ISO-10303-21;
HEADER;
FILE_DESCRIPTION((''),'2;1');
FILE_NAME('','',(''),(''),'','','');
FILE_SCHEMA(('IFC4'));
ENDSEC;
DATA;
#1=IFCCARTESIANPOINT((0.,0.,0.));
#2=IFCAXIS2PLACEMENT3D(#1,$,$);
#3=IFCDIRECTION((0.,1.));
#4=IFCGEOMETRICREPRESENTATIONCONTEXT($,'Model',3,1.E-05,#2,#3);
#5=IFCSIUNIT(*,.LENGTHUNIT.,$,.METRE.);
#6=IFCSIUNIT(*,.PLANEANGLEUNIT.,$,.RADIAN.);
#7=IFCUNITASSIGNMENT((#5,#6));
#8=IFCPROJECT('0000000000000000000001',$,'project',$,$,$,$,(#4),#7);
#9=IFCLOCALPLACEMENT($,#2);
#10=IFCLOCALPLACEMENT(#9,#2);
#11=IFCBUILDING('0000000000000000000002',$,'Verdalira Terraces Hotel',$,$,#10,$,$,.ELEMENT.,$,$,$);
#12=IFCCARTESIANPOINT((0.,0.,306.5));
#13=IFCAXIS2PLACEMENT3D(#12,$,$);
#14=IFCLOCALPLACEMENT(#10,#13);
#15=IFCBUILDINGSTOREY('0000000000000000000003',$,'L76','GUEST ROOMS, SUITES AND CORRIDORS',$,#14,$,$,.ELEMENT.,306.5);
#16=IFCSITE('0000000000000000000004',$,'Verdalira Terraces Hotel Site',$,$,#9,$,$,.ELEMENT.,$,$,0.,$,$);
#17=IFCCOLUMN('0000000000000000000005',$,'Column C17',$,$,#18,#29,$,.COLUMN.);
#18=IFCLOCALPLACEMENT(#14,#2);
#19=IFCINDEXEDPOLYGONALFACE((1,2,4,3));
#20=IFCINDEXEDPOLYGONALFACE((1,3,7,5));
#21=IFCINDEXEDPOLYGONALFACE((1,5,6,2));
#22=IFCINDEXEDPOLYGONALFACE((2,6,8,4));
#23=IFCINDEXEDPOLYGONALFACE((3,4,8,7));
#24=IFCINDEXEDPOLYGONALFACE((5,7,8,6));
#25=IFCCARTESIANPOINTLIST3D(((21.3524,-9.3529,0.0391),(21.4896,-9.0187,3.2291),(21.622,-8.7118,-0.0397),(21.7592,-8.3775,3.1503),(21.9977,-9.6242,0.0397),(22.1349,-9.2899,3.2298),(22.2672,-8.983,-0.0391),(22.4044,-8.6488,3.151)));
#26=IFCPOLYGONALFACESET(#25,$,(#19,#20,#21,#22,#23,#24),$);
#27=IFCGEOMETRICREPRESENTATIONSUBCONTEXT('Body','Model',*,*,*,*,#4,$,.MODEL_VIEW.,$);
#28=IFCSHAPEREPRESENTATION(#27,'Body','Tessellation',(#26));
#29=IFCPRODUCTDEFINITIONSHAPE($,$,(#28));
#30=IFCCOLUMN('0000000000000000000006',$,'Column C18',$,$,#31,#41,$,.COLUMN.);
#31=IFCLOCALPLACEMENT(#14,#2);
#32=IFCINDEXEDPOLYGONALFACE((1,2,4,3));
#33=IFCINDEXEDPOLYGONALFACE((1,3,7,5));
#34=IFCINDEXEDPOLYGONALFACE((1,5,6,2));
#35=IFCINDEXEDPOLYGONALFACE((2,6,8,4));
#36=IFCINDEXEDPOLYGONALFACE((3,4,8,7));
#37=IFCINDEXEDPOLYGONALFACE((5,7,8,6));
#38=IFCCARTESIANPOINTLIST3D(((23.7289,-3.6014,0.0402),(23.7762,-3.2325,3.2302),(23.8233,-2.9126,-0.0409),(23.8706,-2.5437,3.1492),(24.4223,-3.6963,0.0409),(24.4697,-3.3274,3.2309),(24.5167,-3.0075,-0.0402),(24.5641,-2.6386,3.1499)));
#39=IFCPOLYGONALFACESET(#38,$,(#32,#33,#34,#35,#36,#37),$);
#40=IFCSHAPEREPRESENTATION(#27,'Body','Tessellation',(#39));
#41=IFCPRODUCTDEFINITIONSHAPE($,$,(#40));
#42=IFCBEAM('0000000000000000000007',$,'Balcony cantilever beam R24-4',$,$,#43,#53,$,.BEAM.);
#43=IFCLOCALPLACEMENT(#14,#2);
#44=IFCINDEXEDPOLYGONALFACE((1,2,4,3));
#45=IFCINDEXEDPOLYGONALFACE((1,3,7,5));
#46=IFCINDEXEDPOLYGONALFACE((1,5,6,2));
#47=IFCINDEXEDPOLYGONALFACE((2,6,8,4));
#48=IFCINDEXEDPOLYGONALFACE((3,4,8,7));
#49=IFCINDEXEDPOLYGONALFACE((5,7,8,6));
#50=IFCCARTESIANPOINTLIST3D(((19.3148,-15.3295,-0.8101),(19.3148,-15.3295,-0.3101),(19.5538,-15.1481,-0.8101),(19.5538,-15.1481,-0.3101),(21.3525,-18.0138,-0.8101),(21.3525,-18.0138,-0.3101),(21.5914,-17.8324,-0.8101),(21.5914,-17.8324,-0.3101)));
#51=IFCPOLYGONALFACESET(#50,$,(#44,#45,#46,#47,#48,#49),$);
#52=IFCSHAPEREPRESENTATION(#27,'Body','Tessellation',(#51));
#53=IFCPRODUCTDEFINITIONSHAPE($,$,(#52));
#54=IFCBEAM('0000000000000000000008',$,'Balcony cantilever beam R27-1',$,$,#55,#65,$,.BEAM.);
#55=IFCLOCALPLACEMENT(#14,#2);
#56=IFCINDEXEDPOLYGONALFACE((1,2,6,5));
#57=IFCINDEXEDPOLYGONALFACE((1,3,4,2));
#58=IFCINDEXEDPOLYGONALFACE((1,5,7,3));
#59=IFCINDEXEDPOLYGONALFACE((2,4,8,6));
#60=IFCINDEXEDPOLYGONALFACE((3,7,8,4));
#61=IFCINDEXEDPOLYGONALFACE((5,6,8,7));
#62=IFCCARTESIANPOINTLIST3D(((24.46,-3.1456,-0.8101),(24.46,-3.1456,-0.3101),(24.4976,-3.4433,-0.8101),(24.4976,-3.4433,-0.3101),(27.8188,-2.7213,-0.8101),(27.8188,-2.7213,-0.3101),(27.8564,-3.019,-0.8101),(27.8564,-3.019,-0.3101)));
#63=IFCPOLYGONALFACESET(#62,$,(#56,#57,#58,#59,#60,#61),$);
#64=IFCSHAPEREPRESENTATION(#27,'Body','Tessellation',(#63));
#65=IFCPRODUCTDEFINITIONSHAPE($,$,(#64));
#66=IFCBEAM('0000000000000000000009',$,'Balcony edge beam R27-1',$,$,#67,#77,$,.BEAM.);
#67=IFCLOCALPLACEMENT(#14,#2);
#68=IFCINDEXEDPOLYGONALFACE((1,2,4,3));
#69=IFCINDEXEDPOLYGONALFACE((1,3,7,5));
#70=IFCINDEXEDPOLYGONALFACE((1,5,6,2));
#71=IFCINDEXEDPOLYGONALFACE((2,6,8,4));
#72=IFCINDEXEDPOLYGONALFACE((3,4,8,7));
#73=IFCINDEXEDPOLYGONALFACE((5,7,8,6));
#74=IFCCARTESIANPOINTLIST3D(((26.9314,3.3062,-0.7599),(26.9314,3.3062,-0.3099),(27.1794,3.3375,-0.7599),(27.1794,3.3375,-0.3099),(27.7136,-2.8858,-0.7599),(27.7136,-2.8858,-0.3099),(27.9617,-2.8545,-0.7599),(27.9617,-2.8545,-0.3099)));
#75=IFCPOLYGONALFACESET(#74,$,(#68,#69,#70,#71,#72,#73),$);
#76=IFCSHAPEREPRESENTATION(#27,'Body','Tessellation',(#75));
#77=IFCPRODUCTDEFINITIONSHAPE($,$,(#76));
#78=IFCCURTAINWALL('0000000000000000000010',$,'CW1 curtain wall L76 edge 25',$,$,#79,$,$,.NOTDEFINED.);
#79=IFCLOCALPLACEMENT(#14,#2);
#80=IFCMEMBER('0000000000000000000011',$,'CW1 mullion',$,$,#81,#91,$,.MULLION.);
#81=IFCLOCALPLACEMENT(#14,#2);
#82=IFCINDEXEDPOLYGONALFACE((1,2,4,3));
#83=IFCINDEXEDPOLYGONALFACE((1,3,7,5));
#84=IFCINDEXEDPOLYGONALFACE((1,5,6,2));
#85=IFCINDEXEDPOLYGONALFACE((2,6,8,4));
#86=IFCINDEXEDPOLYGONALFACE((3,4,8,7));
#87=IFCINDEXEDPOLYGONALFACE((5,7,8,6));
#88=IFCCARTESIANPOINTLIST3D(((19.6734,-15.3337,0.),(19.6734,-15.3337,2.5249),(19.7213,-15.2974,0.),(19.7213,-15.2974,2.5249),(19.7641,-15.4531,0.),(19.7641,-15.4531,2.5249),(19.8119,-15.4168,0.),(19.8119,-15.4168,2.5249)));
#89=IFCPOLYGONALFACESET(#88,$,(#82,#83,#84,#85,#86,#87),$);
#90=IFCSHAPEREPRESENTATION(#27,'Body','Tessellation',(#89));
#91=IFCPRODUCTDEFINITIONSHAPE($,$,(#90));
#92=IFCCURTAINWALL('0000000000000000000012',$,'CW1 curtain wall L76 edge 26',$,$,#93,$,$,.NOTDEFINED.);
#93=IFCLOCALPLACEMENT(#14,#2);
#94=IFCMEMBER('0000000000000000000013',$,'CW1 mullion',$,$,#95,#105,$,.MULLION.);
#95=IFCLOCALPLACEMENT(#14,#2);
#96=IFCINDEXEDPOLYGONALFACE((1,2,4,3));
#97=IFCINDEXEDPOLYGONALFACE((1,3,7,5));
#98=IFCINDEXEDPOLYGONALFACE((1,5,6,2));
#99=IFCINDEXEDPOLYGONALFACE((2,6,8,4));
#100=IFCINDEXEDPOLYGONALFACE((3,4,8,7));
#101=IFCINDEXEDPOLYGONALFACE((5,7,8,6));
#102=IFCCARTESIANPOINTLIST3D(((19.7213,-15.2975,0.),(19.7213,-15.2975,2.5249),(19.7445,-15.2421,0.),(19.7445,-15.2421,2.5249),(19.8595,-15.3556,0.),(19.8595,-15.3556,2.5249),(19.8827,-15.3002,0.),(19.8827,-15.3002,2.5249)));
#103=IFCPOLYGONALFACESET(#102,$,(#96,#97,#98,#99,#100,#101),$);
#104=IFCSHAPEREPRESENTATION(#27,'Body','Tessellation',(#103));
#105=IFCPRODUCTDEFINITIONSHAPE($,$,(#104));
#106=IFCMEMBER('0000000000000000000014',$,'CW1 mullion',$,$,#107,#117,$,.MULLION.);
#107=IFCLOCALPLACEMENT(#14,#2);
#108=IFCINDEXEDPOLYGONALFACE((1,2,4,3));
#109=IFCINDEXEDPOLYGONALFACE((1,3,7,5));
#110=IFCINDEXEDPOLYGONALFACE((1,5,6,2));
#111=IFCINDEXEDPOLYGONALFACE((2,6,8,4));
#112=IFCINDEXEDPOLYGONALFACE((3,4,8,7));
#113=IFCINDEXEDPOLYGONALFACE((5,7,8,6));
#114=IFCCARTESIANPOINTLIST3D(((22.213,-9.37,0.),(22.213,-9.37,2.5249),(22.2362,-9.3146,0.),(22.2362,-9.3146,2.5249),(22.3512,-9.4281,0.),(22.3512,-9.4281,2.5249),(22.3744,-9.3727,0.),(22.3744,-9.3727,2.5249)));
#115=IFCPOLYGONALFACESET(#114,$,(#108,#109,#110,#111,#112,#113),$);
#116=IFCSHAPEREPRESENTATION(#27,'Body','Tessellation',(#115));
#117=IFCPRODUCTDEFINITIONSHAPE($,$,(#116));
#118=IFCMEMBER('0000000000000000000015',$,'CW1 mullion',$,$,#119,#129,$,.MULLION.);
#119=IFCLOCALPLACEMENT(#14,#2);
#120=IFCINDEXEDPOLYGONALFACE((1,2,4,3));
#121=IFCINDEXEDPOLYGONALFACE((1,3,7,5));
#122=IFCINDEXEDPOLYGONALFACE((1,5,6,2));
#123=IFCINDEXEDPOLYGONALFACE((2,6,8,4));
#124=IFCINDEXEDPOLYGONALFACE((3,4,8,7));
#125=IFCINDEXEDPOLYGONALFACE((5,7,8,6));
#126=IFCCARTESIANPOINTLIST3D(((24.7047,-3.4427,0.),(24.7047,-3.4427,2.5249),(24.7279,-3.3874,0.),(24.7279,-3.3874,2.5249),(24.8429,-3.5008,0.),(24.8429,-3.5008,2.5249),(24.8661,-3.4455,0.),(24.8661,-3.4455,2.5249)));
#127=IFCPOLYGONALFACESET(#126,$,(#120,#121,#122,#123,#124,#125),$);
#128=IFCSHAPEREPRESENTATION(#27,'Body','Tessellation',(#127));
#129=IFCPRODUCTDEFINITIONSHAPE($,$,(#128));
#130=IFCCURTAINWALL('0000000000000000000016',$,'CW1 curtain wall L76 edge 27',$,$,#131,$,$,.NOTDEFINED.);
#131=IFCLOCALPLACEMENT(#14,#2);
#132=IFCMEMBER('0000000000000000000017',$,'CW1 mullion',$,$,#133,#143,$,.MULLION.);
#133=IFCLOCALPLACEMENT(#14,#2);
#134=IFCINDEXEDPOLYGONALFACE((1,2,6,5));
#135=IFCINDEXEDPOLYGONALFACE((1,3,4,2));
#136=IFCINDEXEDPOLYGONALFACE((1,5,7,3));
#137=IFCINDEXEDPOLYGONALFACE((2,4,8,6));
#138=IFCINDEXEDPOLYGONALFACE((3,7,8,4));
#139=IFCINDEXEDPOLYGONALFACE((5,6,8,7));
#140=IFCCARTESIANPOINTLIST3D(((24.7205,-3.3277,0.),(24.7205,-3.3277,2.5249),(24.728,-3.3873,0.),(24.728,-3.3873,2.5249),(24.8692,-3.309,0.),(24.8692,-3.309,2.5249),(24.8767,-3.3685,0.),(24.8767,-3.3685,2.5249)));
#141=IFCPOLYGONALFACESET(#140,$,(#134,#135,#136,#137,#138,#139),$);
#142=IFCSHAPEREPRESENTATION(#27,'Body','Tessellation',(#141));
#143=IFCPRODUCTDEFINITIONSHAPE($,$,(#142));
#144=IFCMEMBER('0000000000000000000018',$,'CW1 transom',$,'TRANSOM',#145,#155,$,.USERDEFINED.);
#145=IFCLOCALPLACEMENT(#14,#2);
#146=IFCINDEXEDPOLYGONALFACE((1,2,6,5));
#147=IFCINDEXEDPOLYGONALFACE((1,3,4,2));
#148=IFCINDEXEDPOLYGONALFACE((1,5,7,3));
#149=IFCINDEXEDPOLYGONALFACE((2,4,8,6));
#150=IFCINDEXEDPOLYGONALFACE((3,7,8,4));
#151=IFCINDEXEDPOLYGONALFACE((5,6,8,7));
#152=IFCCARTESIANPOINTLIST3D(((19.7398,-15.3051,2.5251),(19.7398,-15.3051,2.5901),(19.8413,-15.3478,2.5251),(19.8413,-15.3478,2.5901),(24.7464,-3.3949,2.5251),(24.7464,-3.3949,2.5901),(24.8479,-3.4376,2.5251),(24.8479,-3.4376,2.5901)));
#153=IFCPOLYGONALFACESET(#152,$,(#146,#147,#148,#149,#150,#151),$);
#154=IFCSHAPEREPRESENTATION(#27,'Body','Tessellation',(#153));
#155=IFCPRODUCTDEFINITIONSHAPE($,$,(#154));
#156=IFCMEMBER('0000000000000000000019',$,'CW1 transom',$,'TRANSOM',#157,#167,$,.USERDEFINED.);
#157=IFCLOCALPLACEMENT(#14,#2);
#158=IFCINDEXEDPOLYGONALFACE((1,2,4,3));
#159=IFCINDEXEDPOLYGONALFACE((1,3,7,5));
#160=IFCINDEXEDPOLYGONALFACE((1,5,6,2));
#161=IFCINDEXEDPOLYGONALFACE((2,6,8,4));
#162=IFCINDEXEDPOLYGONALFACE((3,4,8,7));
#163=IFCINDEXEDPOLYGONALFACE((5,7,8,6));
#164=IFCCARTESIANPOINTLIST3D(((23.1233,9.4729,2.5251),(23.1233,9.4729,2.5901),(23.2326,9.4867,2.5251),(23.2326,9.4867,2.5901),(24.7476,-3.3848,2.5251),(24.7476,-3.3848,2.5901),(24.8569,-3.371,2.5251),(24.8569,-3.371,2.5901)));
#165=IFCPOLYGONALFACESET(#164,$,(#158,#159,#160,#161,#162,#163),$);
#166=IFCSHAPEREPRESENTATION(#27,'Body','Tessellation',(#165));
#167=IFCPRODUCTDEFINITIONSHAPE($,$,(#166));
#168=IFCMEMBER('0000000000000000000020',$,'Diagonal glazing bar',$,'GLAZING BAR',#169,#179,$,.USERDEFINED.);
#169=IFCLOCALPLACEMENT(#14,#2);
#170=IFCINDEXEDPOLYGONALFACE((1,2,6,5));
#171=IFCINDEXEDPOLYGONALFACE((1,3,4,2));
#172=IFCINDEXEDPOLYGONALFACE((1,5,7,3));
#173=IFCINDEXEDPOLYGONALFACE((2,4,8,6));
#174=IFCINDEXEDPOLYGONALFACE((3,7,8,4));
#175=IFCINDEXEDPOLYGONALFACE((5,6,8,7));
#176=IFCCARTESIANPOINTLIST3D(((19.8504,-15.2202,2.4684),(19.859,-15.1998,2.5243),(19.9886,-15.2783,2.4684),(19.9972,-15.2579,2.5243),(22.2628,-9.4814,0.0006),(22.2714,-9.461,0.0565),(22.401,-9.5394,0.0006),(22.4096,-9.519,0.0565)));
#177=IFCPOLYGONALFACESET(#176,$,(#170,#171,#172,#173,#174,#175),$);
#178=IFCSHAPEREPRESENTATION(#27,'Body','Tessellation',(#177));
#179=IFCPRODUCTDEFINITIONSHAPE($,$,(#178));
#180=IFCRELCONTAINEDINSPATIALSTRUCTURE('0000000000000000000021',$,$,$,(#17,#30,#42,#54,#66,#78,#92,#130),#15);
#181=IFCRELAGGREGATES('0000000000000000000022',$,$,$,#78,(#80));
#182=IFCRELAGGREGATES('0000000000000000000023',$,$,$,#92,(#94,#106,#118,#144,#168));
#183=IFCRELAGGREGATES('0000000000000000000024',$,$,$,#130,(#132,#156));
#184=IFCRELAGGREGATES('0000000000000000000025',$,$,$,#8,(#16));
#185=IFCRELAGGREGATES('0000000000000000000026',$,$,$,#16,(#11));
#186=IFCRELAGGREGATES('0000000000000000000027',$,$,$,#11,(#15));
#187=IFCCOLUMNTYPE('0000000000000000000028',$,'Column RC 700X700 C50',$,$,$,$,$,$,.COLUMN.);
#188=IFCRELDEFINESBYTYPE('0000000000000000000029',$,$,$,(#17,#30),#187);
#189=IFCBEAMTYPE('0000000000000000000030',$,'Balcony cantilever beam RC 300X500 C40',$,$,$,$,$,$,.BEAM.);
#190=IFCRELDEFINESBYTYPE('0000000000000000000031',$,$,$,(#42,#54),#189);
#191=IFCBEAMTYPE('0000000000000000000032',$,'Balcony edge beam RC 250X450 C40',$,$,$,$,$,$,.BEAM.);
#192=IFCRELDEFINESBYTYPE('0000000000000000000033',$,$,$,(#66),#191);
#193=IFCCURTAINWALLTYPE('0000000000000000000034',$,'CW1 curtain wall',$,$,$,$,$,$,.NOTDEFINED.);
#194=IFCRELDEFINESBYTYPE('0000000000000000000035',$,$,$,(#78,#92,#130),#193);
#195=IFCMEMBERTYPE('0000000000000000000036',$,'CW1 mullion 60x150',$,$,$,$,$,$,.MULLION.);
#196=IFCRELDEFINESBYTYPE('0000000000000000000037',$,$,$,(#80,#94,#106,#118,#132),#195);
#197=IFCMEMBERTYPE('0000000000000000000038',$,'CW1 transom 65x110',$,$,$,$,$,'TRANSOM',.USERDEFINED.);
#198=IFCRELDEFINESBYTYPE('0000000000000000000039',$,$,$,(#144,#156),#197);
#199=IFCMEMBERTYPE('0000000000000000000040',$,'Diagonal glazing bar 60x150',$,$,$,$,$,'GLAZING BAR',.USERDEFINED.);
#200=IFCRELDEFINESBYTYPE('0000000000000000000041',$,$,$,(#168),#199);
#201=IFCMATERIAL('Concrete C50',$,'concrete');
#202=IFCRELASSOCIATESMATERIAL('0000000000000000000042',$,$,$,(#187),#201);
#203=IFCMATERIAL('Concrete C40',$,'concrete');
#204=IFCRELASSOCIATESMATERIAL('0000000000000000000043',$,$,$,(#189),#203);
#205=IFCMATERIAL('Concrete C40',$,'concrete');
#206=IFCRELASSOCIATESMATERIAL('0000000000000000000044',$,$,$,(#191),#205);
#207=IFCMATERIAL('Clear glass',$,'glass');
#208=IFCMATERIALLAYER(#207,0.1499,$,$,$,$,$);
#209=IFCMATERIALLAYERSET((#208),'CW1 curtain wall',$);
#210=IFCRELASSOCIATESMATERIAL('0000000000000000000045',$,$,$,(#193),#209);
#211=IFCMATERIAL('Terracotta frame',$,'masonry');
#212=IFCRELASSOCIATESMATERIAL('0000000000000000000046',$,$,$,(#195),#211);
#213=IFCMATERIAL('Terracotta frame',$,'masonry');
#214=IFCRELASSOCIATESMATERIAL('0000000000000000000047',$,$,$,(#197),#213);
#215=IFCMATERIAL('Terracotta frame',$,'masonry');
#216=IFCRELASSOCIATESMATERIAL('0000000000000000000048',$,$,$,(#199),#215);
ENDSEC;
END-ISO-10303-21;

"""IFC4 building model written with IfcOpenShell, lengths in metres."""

from ifc_helpers import new_model, si_unit, direction, frame, origin, origin_2d, place, context, subcontext, project, spatial, rectangle, extrude, material, layer, layer_set, material_profile, profile_set, type_object, element, aggregate, save


model = new_model("IFC4")

# Units and contexts
model_context = context("Model", 3, precision=1e-05, world=origin(), true_north=direction((0.0, 1.0)))
body_context = subcontext(model_context, "Body", "Model", "MODEL_VIEW")
ifc_project = project(units=[si_unit("LENGTHUNIT", "METRE"), si_unit("PLANEANGLEUNIT", "RADIAN")], contexts=[model_context])

# Site, building, storey
site_placement = place(None, origin())
site = spatial("IfcSite", under=ifc_project, at=site_placement, Name="Verdalira Terraces Hotel Site", CompositionType="ELEMENT", RefElevation=0.0)
building_placement = place(site_placement, origin())
building = spatial("IfcBuilding", under=site, at=building_placement, Name="Verdalira Terraces Hotel", CompositionType="ELEMENT")
storey_placement = place(building_placement, frame((0.0, 0.0, 306.5)))
storey = spatial("IfcBuildingStorey", under=building, at=storey_placement, Name="L76", Description="GUEST ROOMS, SUITES AND CORRIDORS", CompositionType="ELEMENT", Elevation=306.5)

# Columns
ifc_material_1 = material(Name="Concrete C50", Category="concrete")
ifc_material_profile_1 = material_profile(ifc_material_1, rectangle(XDim=0.7, YDim=0.7, at=origin_2d()), Name="RC 700X700")
ifc_profile_set_1 = profile_set([ifc_material_profile_1], Name="Concrete C50")
column_type = type_object("IfcColumnType", Name="Column RC 700X700 C50", PredefinedType="COLUMN", material=ifc_profile_set_1)
column_1_placement = place(storey_placement, frame((21.8098, -9.168, 0.0), z_axis=(0.042739, 0.10411, 0.993647), x_axis=(0.385138, 0.915972, -0.112537)))
element("IfcColumn", 1, at=column_1_placement, inside=storey, type_object=column_type, Name="Column C17", PredefinedType="COLUMN", context=body_context, shape_type="SweptSolid", body=[
    extrude(rectangle(XDim=0.7, YDim=0.7, at=origin_2d()), origin(), (0.0, 0.0, 1.0), 3.2104),
])
column_2_placement = place(storey_placement, frame((24.1228, -3.3044, 0.0), z_axis=(0.014748, 0.114866, 0.993272), x_axis=(-0.13485, -0.984076, 0.115804)))
element("IfcColumn", 2, at=column_2_placement, inside=storey, type_object=column_type, Name="Column C18", PredefinedType="COLUMN", context=body_context, shape_type="SweptSolid", body=[
    extrude(rectangle(XDim=0.7, YDim=0.7, at=origin_2d()), origin(), (0.0, 0.0, 1.0), 3.2117),
])

# Beams
ifc_material_2 = material(Name="Concrete C40", Category="concrete")
ifc_material_profile_2 = material_profile(ifc_material_2, rectangle(XDim=0.3, YDim=0.5, at=origin_2d()), Name="RC 300X500")
ifc_profile_set_2 = profile_set([ifc_material_profile_2], Name="Concrete C40")
beam_type_1 = type_object("IfcBeamType", Name="Balcony cantilever beam RC 300X500 C40", PredefinedType="BEAM", material=ifc_profile_set_2)
beam_1_placement = place(storey_placement, frame((19.4343, -15.2388, -0.5601), z_axis=(0.604615, -0.796518, 0.0), x_axis=(0.796518, 0.604615, 0.0)))
element("IfcBeam", 3, at=beam_1_placement, inside=storey, type_object=beam_type_1, Name="Balcony cantilever beam R24-4", PredefinedType="BEAM", context=body_context, shape_type="SweptSolid", body=[
    extrude(rectangle(XDim=0.3, YDim=0.5, at=origin_2d()), origin(), (0.0, 0.0, 1.0), 3.3701),
])
beam_2_placement = place(storey_placement, frame((24.4788, -3.2944, -0.5601), z_axis=(0.992115, 0.12533, 0.0), x_axis=(-0.12533, 0.992115, 0.0)))
element("IfcBeam", 4, at=beam_2_placement, inside=storey, type_object=beam_type_1, Name="Balcony cantilever beam R27-1", PredefinedType="BEAM", context=body_context, shape_type="SweptSolid", body=[
    extrude(rectangle(XDim=0.3, YDim=0.5, at=origin_2d()), origin(), (0.0, 0.0, 1.0), 3.3855),
])
ifc_material_3 = material(Name="Concrete C40", Category="concrete")
ifc_material_profile_3 = material_profile(ifc_material_3, rectangle(XDim=0.25, YDim=0.45, at=origin_2d()), Name="RC 250X450")
ifc_profile_set_3 = profile_set([ifc_material_profile_3], Name="Concrete C40")
beam_type_2 = type_object("IfcBeamType", Name="Balcony edge beam RC 250X450 C40", PredefinedType="BEAM", material=ifc_profile_set_3)
beam_3_placement = place(storey_placement, frame((27.8376, -2.8701, -0.5349), z_axis=(-0.125335, 0.992115, 0.0), x_axis=(-0.992115, -0.125335, 0.0)))
element("IfcBeam", 5, at=beam_3_placement, inside=storey, type_object=beam_type_2, Name="Balcony edge beam R27-1", PredefinedType="BEAM", context=body_context, shape_type="SweptSolid", body=[
    extrude(rectangle(XDim=0.25, YDim=0.45, at=origin_2d()), origin(), (0.0, 0.0, 1.0), 6.2412),
])

# Curtain wall, member
ifc_material_4 = material(Name="Clear glass", Category="glass")
ifc_layer_1 = layer(ifc_material_4, 0.1499)
ifc_layer_set_1 = layer_set([ifc_layer_1], Name="CW1 curtain wall")
curtain_wall_type = type_object("IfcCurtainWallType", Name="CW1 curtain wall", PredefinedType="NOTDEFINED", material=ifc_layer_set_1)
curtain_wall_1_placement = place(storey_placement, origin())
curtain_wall_1 = element("IfcCurtainWall", 6, at=curtain_wall_1_placement, inside=storey, type_object=curtain_wall_type, Name="CW1 curtain wall L76 edge 25", PredefinedType="NOTDEFINED")
ifc_material_5 = material(Name="Terracotta frame", Category="masonry")
ifc_material_profile_4 = material_profile(ifc_material_5, rectangle(XDim=0.0601, YDim=0.1499, at=origin_2d()), Name="MU 60x150")
ifc_profile_set_4 = profile_set([ifc_material_profile_4], Name="Terracotta frame")
member_type_1 = type_object("IfcMemberType", Name="CW1 mullion 60x150", PredefinedType="MULLION", material=ifc_profile_set_4)
member_1_placement = place(storey_placement, frame((19.7427, -15.3752, 0.0), z_axis=(0.0, 0.0, 1.0), x_axis=(0.79653, 0.604599, 0.0)))
member_1 = element("IfcMember", 7, at=member_1_placement, type_object=member_type_1, Name="CW1 mullion", PredefinedType="MULLION", context=body_context, shape_type="SweptSolid", body=[
    extrude(rectangle(XDim=0.0601, YDim=0.1499, at=origin_2d()), origin(), (0.0, 0.0, 1.0), 2.5249),
])
aggregate(curtain_wall_1, [member_1])

# Curtain wall, members
curtain_wall_2_placement = place(storey_placement, origin())
curtain_wall_2 = element("IfcCurtainWall", 8, at=curtain_wall_2_placement, inside=storey, type_object=curtain_wall_type, Name="CW1 curtain wall L76 edge 26", PredefinedType="NOTDEFINED")
member_2_placement = place(storey_placement, frame((19.802, -15.2988, 0.0), z_axis=(0.0, 0.0, 1.0), x_axis=(0.387516, 0.921863, 0.0)))
member_2 = element("IfcMember", 9, at=member_2_placement, type_object=member_type_1, Name="CW1 mullion", PredefinedType="MULLION", context=body_context, shape_type="SweptSolid", body=[
    extrude(rectangle(XDim=0.0601, YDim=0.1499, at=origin_2d()), origin(), (0.0, 0.0, 1.0), 2.5249),
])
member_3_placement = place(storey_placement, frame((22.2937, -9.3713, 0.0), z_axis=(0.0, 0.0, 1.0), x_axis=(0.387516, 0.921863, 0.0)))
member_3 = element("IfcMember", 10, at=member_3_placement, type_object=member_type_1, Name="CW1 mullion", PredefinedType="MULLION", context=body_context, shape_type="SweptSolid", body=[
    extrude(rectangle(XDim=0.0601, YDim=0.1499, at=origin_2d()), origin(), (0.0, 0.0, 1.0), 2.5249),
])
member_4_placement = place(storey_placement, frame((24.7854, -3.4441, 0.0), z_axis=(0.0, 0.0, 1.0), x_axis=(0.387516, 0.921863, 0.0)))
member_4 = element("IfcMember", 11, at=member_4_placement, type_object=member_type_1, Name="CW1 mullion", PredefinedType="MULLION", context=body_context, shape_type="SweptSolid", body=[
    extrude(rectangle(XDim=0.0601, YDim=0.1499, at=origin_2d()), origin(), (0.0, 0.0, 1.0), 2.5249),
])

# Curtain wall, member
curtain_wall_3_placement = place(storey_placement, origin())
curtain_wall_3 = element("IfcCurtainWall", 12, at=curtain_wall_3_placement, inside=storey, type_object=curtain_wall_type, Name="CW1 curtain wall L76 edge 27", PredefinedType="NOTDEFINED")
member_5_placement = place(storey_placement, frame((24.7986, -3.3481, 0.0), z_axis=(0.0, 0.0, 1.0), x_axis=(-0.125333, 0.992115, 0.0)))
member_5 = element("IfcMember", 13, at=member_5_placement, type_object=member_type_1, Name="CW1 mullion", PredefinedType="MULLION", context=body_context, shape_type="SweptSolid", body=[
    extrude(rectangle(XDim=0.0601, YDim=0.1499, at=origin_2d()), origin(), (0.0, 0.0, 1.0), 2.5249),
])

# Members
ifc_material_6 = material(Name="Terracotta frame", Category="masonry")
ifc_material_profile_5 = material_profile(ifc_material_6, rectangle(XDim=0.1101, YDim=0.0649, at=origin_2d()), Name="TR 65x110")
ifc_profile_set_5 = profile_set([ifc_material_profile_5], Name="Terracotta frame")
member_type_2 = type_object("IfcMemberType", Name="CW1 transom 65x110", ElementType="TRANSOM", PredefinedType="USERDEFINED", material=ifc_profile_set_5)
member_6_placement = place(storey_placement, frame((19.7905, -15.3264, 2.5576), z_axis=(0.387517, 0.921863, 0.0), x_axis=(-0.921863, 0.387517, 0.0)))
member_6 = element("IfcMember", 14, at=member_6_placement, type_object=member_type_2, Name="CW1 transom", ObjectType="TRANSOM", PredefinedType="USERDEFINED", context=body_context, shape_type="SweptSolid", body=[
    extrude(rectangle(XDim=0.1101, YDim=0.0649, at=origin_2d()), origin(), (0.0, 0.0, 1.0), 12.9197),
])
member_7_placement = place(storey_placement, frame((24.8022, -3.3779, 2.5576), z_axis=(-0.125331, 0.992115, 0.0), x_axis=(-0.992115, -0.125331, 0.0)))
member_7 = element("IfcMember", 15, at=member_7_placement, type_object=member_type_2, Name="CW1 transom", ObjectType="TRANSOM", PredefinedType="USERDEFINED", context=body_context, shape_type="SweptSolid", body=[
    extrude(rectangle(XDim=0.1101, YDim=0.0649, at=origin_2d()), origin(), (0.0, 0.0, 1.0), 12.96),
])
ifc_material_7 = material(Name="Terracotta frame", Category="masonry")
ifc_material_profile_6 = material_profile(ifc_material_7, rectangle(XDim=0.1499, YDim=0.0601, at=origin_2d()), Name="GB 60x150")
ifc_profile_set_6 = profile_set([ifc_material_profile_6], Name="Terracotta frame")
member_type_3 = type_object("IfcMemberType", Name="Diagonal glazing bar 60x150", ElementType="GLAZING BAR", PredefinedType="USERDEFINED", material=ifc_profile_set_6)
member_8_placement = place(storey_placement, frame((19.9238, -15.239, 2.4963), z_axis=(0.360242, 0.856983, -0.368518), x_axis=(-0.921863, 0.387515, 0.0)))
member_8 = element("IfcMember", 16, at=member_8_placement, type_object=member_type_3, Name="Diagonal glazing bar", ObjectType="GLAZING BAR", PredefinedType="USERDEFINED", context=body_context, shape_type="SweptSolid", body=[
    extrude(rectangle(XDim=0.1499, YDim=0.0601, at=origin_2d()), origin(), (0.0, 0.0, 1.0), 6.6965),
])

aggregate(curtain_wall_2, [member_2, member_3, member_4, member_6, member_8])
aggregate(curtain_wall_3, [member_5, member_7])

save(model, "model.ifc")
